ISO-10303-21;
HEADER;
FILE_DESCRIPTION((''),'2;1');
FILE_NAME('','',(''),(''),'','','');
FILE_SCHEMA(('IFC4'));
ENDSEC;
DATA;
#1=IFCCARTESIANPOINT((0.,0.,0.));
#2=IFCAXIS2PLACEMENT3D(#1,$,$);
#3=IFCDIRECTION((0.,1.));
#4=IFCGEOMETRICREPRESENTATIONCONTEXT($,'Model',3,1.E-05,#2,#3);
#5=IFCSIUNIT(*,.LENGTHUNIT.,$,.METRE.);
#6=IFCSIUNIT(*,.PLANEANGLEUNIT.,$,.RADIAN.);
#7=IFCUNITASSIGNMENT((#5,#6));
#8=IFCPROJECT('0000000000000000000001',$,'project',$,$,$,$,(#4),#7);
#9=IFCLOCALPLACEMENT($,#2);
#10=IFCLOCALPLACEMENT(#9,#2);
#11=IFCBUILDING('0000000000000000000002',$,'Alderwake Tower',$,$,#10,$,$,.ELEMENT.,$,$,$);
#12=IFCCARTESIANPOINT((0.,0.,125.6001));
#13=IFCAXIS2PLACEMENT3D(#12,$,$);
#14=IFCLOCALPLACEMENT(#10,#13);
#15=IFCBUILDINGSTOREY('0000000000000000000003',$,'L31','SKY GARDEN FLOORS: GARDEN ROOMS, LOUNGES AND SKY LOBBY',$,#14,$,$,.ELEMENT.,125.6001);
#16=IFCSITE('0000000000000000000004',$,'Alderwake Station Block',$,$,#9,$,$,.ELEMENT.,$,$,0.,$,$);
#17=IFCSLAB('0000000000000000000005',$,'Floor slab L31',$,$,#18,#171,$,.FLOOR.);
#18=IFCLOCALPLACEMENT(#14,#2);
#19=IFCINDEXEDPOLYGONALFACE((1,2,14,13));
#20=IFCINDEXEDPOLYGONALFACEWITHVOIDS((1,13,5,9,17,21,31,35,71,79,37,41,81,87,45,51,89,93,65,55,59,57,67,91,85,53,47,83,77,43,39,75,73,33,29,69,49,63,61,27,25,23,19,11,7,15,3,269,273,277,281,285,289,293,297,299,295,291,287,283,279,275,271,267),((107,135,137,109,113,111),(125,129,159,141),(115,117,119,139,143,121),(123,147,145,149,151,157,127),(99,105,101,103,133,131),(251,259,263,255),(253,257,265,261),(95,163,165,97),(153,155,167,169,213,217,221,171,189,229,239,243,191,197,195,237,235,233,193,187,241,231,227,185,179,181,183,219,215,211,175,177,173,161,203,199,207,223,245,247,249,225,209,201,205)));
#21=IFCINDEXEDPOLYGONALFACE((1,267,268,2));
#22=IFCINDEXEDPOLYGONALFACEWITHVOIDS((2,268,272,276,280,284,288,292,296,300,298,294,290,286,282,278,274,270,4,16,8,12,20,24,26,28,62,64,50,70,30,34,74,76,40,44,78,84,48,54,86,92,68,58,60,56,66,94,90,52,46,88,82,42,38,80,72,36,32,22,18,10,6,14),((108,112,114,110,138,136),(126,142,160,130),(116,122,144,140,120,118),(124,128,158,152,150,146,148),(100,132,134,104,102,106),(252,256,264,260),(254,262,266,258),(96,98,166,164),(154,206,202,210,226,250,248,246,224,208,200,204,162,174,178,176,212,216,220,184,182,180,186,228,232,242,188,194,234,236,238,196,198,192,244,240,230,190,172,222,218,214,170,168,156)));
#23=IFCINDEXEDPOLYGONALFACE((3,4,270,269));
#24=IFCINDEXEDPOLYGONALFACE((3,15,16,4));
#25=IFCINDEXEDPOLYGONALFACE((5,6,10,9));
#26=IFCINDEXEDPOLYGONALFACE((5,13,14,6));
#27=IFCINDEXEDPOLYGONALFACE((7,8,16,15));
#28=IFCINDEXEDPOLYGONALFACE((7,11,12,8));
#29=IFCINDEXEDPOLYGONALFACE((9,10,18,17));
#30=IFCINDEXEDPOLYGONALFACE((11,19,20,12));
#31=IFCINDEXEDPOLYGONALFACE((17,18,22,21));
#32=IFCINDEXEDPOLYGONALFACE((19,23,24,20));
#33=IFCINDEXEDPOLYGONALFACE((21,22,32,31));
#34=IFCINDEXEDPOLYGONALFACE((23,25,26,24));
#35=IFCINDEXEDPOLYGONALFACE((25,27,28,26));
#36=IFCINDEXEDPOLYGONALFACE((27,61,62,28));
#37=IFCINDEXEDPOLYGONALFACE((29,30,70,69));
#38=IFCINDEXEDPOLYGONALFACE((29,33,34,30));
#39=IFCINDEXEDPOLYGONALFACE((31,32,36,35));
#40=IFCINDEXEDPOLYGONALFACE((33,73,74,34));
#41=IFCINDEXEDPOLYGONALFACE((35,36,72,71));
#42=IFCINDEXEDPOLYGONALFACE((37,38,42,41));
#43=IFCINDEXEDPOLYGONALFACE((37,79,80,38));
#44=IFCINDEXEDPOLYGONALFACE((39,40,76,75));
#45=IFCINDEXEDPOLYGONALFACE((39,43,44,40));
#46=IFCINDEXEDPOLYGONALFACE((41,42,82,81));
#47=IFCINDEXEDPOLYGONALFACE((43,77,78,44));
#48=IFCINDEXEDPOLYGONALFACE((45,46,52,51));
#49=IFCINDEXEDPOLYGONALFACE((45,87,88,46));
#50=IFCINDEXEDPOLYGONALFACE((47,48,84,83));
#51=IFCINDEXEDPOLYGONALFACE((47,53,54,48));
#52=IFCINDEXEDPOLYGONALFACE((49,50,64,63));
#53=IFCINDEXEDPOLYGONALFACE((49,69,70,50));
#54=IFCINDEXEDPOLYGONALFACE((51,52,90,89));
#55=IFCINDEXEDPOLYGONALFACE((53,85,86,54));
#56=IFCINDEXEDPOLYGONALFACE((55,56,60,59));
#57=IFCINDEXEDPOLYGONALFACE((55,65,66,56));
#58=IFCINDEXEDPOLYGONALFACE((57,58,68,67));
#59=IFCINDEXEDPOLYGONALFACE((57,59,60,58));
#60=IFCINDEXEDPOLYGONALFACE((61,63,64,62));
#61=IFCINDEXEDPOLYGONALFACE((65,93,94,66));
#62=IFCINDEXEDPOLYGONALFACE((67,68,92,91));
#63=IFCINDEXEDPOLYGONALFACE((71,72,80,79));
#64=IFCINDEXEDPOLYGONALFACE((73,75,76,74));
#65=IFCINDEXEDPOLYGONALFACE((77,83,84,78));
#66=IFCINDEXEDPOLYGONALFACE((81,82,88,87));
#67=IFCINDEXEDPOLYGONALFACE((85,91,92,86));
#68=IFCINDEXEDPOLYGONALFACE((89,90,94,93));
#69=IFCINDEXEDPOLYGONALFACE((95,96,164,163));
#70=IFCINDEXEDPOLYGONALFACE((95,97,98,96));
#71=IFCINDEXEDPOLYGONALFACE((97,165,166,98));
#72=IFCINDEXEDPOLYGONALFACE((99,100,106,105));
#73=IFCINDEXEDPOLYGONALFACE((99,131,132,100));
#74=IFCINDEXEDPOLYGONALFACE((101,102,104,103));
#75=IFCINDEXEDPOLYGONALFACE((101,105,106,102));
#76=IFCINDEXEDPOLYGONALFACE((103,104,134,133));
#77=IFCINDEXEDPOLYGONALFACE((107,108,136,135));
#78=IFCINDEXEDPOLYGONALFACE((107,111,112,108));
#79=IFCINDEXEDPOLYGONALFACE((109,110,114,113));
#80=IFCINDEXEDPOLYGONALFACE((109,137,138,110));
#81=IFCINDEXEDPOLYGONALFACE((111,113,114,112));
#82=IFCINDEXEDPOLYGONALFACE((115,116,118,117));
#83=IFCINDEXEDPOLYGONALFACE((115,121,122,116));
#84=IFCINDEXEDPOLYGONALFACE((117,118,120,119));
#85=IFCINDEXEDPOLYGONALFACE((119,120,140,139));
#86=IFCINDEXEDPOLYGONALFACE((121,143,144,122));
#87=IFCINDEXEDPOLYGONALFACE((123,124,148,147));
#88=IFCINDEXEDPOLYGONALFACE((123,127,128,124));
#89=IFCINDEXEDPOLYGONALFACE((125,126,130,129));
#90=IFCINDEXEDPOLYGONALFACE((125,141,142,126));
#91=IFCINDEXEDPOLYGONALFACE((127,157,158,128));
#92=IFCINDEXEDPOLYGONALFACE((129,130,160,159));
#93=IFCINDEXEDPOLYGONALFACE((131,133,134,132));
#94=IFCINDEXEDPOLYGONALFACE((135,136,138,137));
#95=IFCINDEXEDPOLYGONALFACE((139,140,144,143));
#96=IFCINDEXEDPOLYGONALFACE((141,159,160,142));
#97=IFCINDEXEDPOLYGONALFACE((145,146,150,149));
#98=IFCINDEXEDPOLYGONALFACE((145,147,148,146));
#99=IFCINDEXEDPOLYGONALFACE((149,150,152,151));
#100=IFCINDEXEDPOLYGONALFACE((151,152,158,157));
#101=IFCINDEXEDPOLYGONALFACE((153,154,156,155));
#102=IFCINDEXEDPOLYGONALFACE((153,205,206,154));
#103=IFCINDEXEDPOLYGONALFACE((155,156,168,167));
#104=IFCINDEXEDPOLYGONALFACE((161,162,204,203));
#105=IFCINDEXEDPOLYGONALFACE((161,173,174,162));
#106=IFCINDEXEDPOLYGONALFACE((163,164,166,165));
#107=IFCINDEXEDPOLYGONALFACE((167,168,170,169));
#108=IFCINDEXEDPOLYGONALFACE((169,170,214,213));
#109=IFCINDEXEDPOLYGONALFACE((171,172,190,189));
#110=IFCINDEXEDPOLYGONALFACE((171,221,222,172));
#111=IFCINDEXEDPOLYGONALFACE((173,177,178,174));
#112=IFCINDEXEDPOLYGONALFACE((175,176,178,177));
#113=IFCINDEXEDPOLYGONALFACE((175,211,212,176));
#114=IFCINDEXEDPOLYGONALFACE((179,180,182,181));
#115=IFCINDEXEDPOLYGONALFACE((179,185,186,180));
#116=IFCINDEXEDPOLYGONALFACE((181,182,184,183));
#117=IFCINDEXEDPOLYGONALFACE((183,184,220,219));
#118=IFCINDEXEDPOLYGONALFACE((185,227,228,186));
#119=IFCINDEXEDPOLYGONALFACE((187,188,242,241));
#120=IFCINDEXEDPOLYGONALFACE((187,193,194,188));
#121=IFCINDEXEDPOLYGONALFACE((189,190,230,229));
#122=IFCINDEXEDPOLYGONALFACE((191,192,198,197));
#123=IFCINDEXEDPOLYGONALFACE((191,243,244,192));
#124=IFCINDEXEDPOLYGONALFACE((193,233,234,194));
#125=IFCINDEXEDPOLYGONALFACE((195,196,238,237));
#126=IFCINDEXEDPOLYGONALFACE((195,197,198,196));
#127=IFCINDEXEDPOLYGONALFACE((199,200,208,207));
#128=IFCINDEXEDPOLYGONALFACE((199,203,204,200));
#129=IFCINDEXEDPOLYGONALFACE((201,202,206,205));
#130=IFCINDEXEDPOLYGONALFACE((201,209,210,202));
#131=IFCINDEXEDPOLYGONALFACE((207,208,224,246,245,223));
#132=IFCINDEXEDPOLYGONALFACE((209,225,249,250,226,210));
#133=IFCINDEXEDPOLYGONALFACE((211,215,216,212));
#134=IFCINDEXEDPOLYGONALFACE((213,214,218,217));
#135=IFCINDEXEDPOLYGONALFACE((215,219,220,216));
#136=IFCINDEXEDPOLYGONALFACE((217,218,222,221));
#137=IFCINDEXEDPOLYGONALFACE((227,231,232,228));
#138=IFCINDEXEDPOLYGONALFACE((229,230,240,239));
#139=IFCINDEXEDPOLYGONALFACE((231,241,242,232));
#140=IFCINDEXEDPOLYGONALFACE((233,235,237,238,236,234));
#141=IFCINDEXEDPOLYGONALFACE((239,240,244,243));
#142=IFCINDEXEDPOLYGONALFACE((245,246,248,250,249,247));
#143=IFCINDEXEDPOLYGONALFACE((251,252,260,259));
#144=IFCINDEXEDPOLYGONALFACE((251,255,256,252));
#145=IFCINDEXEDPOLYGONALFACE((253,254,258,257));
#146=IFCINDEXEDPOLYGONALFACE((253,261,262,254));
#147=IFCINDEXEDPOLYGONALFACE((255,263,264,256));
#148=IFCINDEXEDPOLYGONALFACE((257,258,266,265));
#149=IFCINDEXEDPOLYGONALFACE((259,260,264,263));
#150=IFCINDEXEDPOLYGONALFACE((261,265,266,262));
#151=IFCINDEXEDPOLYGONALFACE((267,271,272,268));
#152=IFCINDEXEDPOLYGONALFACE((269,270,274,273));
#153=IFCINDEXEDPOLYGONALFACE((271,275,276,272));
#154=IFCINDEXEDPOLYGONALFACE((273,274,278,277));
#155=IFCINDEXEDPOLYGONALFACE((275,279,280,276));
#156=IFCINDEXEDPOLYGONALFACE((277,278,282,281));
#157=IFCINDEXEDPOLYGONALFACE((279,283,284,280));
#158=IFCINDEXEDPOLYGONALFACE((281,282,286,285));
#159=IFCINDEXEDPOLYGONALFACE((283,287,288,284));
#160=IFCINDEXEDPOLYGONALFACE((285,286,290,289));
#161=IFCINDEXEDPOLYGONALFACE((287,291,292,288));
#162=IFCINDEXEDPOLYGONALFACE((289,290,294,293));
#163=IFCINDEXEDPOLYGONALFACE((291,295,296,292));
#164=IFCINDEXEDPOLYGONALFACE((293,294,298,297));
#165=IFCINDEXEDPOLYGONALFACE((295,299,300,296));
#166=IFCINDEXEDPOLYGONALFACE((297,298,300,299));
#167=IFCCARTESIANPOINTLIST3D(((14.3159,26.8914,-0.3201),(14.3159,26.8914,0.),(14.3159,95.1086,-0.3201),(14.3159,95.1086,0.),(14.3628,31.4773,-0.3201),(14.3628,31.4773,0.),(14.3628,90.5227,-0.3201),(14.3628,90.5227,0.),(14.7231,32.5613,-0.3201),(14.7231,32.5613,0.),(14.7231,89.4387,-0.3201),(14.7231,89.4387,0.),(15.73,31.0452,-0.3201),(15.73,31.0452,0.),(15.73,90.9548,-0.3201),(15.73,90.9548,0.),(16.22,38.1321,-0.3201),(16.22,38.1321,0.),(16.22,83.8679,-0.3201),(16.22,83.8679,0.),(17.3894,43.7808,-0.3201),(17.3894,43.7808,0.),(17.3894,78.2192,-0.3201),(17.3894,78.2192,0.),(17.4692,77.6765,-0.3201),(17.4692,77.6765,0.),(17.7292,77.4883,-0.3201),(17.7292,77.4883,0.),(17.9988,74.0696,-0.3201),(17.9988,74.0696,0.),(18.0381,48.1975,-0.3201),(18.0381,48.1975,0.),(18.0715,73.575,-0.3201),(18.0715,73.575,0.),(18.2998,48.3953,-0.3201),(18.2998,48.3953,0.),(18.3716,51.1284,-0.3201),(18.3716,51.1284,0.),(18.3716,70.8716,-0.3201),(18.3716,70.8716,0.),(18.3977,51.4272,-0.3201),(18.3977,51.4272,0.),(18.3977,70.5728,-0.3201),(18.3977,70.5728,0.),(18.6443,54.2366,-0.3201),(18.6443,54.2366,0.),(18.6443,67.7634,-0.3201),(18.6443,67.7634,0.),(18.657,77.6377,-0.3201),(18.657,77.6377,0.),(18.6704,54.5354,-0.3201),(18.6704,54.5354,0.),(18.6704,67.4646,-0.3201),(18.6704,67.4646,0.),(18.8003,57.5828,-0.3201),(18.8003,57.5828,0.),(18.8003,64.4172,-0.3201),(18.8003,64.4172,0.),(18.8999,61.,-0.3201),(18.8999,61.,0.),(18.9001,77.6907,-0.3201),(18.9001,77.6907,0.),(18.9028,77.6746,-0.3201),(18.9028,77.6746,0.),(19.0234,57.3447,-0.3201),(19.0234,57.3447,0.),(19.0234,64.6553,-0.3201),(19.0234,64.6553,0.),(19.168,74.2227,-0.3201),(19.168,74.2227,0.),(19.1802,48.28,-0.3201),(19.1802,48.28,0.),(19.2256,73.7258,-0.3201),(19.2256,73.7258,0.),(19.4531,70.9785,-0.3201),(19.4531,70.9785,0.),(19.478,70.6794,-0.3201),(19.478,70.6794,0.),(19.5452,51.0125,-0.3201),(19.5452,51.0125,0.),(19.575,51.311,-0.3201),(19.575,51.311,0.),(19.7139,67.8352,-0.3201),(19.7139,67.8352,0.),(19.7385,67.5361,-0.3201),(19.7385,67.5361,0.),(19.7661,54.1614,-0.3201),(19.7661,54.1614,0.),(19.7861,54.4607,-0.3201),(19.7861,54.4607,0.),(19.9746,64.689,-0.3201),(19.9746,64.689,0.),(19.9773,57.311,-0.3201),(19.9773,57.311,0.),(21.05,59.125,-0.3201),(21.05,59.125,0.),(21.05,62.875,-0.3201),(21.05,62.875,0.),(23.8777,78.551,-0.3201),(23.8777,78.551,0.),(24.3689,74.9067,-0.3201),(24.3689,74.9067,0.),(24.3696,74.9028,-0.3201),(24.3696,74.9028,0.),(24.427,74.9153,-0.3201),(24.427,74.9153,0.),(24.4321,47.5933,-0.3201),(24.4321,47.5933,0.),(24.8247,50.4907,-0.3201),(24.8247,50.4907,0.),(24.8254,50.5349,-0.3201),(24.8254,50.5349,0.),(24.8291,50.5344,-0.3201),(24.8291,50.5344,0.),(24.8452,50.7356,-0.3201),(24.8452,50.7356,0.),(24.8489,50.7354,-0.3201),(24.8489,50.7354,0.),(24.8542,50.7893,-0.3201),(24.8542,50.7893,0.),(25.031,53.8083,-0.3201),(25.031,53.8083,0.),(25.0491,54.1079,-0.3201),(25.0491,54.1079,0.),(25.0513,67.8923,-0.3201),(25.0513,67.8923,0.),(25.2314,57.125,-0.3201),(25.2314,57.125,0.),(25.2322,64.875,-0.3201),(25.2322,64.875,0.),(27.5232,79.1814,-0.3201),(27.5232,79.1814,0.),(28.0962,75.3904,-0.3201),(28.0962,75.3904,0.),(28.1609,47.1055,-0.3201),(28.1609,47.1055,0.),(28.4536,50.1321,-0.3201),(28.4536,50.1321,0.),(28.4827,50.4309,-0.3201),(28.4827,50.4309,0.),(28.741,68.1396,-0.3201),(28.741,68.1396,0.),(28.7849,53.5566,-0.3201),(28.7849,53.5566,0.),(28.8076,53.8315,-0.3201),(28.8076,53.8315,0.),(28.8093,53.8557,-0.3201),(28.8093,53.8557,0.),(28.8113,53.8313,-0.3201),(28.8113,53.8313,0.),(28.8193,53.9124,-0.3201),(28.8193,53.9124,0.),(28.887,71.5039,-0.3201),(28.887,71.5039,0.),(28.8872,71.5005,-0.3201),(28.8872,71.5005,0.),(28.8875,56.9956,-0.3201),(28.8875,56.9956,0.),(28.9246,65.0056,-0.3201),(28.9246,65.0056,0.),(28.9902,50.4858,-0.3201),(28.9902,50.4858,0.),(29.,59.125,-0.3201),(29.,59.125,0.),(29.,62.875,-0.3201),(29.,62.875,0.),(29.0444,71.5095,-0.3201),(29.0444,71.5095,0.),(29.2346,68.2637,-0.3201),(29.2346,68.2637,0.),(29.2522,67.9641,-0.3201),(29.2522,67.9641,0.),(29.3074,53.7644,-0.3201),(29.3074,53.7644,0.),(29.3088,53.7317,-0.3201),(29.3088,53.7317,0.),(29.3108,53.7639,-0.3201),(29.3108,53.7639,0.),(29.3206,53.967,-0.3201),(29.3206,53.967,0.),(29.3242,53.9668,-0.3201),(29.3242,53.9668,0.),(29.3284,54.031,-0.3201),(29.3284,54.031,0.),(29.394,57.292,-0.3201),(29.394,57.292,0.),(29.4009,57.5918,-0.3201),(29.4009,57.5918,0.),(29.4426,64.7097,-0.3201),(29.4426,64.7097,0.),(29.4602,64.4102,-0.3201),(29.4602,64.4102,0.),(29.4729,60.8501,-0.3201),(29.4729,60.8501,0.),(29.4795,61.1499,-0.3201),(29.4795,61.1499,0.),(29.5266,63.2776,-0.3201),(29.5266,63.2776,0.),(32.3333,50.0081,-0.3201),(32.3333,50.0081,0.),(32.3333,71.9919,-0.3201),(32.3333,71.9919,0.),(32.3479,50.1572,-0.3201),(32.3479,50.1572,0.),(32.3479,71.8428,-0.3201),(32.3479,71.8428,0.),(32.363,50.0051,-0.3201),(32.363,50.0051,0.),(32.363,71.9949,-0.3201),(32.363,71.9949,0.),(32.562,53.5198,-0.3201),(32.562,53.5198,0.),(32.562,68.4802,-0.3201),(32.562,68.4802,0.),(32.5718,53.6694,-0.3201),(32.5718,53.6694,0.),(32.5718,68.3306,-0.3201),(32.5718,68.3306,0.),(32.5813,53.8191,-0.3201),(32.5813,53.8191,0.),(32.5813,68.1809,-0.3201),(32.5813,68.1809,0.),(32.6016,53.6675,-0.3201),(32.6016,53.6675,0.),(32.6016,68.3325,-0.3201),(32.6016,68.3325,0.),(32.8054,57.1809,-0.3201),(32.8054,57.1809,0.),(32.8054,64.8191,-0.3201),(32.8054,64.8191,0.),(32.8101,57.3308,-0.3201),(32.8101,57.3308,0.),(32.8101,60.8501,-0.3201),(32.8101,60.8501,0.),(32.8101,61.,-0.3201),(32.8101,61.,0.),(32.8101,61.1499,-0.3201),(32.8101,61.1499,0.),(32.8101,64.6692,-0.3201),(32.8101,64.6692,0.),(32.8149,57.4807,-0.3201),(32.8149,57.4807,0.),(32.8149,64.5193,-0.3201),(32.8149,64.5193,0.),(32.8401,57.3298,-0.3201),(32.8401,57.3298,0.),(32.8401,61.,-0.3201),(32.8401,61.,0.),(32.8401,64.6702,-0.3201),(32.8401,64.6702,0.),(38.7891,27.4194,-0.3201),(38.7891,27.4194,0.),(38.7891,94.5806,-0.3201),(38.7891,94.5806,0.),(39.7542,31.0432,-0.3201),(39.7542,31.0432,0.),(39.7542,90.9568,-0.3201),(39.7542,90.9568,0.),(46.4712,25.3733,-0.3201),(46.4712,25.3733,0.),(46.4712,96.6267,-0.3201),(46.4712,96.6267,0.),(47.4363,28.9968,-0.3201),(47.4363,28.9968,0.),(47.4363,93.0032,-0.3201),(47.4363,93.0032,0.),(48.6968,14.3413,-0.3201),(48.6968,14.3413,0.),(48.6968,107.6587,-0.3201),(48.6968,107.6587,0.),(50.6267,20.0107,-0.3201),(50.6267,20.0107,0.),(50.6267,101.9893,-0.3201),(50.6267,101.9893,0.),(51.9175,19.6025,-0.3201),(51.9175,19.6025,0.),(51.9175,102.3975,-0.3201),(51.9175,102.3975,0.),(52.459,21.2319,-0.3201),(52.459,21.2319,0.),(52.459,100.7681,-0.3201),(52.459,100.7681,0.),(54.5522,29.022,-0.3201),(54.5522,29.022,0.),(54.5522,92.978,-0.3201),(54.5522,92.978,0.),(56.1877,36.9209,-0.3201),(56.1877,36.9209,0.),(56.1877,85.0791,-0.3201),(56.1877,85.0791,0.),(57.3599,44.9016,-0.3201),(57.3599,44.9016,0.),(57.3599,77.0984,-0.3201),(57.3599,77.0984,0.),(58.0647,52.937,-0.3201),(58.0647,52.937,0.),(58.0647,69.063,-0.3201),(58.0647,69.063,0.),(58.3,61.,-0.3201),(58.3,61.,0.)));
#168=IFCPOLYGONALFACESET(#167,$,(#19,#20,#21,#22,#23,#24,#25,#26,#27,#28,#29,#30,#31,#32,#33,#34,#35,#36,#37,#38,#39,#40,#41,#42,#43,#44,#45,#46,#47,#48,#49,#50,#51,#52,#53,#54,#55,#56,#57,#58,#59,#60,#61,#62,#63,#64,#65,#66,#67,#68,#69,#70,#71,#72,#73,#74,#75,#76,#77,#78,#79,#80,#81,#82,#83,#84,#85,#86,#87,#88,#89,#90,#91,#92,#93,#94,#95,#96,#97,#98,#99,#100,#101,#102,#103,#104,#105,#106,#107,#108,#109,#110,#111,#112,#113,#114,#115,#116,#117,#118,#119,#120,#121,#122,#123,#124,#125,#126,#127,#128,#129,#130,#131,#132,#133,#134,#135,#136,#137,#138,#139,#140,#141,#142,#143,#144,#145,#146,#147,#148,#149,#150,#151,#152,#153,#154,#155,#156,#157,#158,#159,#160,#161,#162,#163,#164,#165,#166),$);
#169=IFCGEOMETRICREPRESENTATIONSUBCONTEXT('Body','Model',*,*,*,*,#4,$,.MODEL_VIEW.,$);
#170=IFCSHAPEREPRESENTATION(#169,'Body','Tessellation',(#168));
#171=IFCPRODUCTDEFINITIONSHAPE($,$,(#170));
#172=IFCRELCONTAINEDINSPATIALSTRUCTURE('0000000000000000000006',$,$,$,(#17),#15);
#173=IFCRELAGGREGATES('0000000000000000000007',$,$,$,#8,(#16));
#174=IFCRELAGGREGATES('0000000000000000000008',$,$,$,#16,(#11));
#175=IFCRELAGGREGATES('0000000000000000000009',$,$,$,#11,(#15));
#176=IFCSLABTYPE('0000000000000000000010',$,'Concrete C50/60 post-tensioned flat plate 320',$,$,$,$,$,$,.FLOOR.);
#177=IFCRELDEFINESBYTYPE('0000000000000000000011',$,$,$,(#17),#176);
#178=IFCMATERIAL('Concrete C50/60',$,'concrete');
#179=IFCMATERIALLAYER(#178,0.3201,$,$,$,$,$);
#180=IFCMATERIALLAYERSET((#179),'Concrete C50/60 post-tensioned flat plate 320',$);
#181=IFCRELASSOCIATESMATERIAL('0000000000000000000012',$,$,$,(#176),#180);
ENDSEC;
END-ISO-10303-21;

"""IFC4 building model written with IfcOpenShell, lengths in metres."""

from ifc_helpers import new_model, si_unit, direction, frame, origin, place, context, subcontext, project, spatial, polyline, outline, extrude, material, layer, layer_set, type_object, element, save


model = new_model("IFC4")

# Units and contexts
model_context = context("Model", 3, precision=1e-05, world=origin(), true_north=direction((0.0, 1.0)))
body_context = subcontext(model_context, "Body", "Model", "MODEL_VIEW")
ifc_project = project(units=[si_unit("LENGTHUNIT", "METRE"), si_unit("PLANEANGLEUNIT", "RADIAN")], contexts=[model_context])

# Site, building, storey
site_placement = place(None, origin())
site = spatial("IfcSite", under=ifc_project, at=site_placement, Name="Alderwake Station Block", CompositionType="ELEMENT", RefElevation=0.0)
building_placement = place(site_placement, origin())
building = spatial("IfcBuilding", under=site, at=building_placement, Name="Alderwake Tower", CompositionType="ELEMENT")
storey_placement = place(building_placement, frame((0.0, 0.0, 125.6001)))
storey = spatial("IfcBuildingStorey", under=building, at=storey_placement, Name="L31", Description="SKY GARDEN FLOORS: GARDEN ROOMS, LOUNGES AND SKY LOBBY", CompositionType="ELEMENT", Elevation=125.6001)

# Slab
ifc_material_1 = material(Name="Concrete C50/60", Category="concrete")
ifc_layer_1 = layer(ifc_material_1, 0.3201)
ifc_layer_set_1 = layer_set([ifc_layer_1], Name="Concrete C50/60 post-tensioned flat plate 320")
slab_type_1 = type_object("IfcSlabType", Name="Concrete C50/60 post-tensioned flat plate 320", PredefinedType="FLOOR", material=ifc_layer_set_1)
slab_1_placement = place(storey_placement, frame((0.0, 0.0, -0.3201)))
element("IfcSlab", 1, at=slab_1_placement, inside=storey, type_object=slab_type_1, Name="Floor slab L31", PredefinedType="FLOOR", context=body_context, shape_type="SweptSolid", body=[
    extrude(outline(polyline([(18.3716, 51.1284), (18.3977, 51.4272), (19.575, 51.311), (19.7661, 54.1614), (18.6443, 54.2366), (18.6704, 54.5354), (19.7861, 54.4607), (19.9773, 57.311), (19.0234, 57.3447), (18.8003, 57.5828), (18.8999, 61.0), (18.8003, 64.4172), (19.0234, 64.6553), (19.9746, 64.689), (19.7385, 67.5361), (18.6704, 67.4646), (18.6443, 67.7634), (19.7139, 67.8352), (19.478, 70.6794), (18.3977, 70.5728), (18.3716, 70.8716), (19.4531, 70.9785), (19.2256, 73.7258), (18.0715, 73.575), (17.9988, 74.0696), (19.168, 74.2227), (18.657, 77.6377), (18.9028, 77.6746), (18.9001, 77.6907), (17.7292, 77.4883), (17.4692, 77.6765), (17.3894, 78.2192), (16.22, 83.8679), (14.7231, 89.4387), (14.3628, 90.5227), (15.73, 90.9548), (14.3159, 95.1086), (48.6968, 107.6587), (50.6267, 101.9893), (51.9175, 102.3975), (52.459, 100.7681), (54.5522, 92.978), (56.1877, 85.0791), (57.3599, 77.0984), (58.0647, 69.063), (58.3, 61.0), (58.0647, 52.937), (57.3599, 44.9016), (56.1877, 36.9209), (54.5522, 29.022), (52.459, 21.2319), (51.9175, 19.6025), (50.6267, 20.0107), (48.6968, 14.3413), (14.3159, 26.8914), (15.73, 31.0452), (14.3628, 31.4773), (14.7231, 32.5613), (16.22, 38.1321), (17.3894, 43.7808), (18.0381, 48.1975), (18.2998, 48.3953), (19.1802, 48.28), (19.5452, 51.0125), (18.3716, 51.1284)]), holes=[polyline([(24.8247, 50.4907), (24.8291, 50.5344), (24.8254, 50.5349), (24.4321, 47.5933), (28.1609, 47.1055), (28.4536, 50.1321), (24.8247, 50.4907)]), polyline([(25.031, 53.8083), (24.8452, 50.7356), (24.8489, 50.7354), (24.8542, 50.7893), (28.4827, 50.4309), (28.7849, 53.5566), (25.031, 53.8083)]), polyline([(29.0, 62.875), (21.05, 62.875), (21.05, 59.125), (29.0, 59.125), (29.0, 62.875)]), polyline([(28.0962, 75.3904), (27.5232, 79.1814), (23.8777, 78.551), (24.427, 74.9153), (24.3689, 74.9067), (24.3696, 74.9028), (28.0962, 75.3904)]), polyline([(47.4363, 28.9968), (39.7542, 31.0432), (38.7891, 27.4194), (46.4712, 25.3733), (47.4363, 28.9968)]), polyline([(29.3108, 53.7639), (29.3074, 53.7644), (28.9902, 50.4858), (32.3479, 50.1572), (32.3333, 50.0081), (32.363, 50.0051), (32.6016, 53.6675), (32.8401, 57.3298), (32.8401, 61.0), (32.8401, 64.6702), (32.6016, 68.3325), (32.363, 71.9949), (32.3333, 71.9919), (32.3479, 71.8428), (28.887, 71.5039), (28.8872, 71.5005), (29.0444, 71.5095), (29.2346, 68.2637), (32.562, 68.4802), (32.5718, 68.3306), (32.5813, 68.1809), (29.2522, 67.9641), (29.4426, 64.7097), (32.8054, 64.8191), (32.8101, 64.6692), (32.8149, 64.5193), (29.4602, 64.4102), (29.5266, 63.2776), (29.4795, 61.1499), (32.8101, 61.1499), (32.8101, 61.0), (32.8101, 60.8501), (29.4729, 60.8501), (29.4009, 57.5918), (32.8149, 57.4807), (32.8101, 57.3308), (32.8054, 57.1809), (29.394, 57.292), (29.3206, 53.967), (29.3242, 53.9668), (29.3284, 54.031), (32.5813, 53.8191), (32.5718, 53.6694), (32.562, 53.5198), (29.3088, 53.7317), (29.3108, 53.7639)]), polyline([(28.8193, 53.9124), (28.8875, 56.9956), (25.2314, 57.125), (25.0491, 54.1079), (28.8093, 53.8557), (28.8076, 53.8315), (28.8113, 53.8313), (28.8193, 53.9124)]), polyline([(28.9246, 65.0056), (28.741, 68.1396), (25.0513, 67.8923), (25.2322, 64.875), (28.9246, 65.0056)]), polyline([(47.4363, 93.0032), (46.4712, 96.6267), (38.7891, 94.5806), (39.7542, 90.9568), (47.4363, 93.0032)])]), origin(), (0.0, 0.0, 1.0), 0.3201),
])

save(model, "model.ifc")
